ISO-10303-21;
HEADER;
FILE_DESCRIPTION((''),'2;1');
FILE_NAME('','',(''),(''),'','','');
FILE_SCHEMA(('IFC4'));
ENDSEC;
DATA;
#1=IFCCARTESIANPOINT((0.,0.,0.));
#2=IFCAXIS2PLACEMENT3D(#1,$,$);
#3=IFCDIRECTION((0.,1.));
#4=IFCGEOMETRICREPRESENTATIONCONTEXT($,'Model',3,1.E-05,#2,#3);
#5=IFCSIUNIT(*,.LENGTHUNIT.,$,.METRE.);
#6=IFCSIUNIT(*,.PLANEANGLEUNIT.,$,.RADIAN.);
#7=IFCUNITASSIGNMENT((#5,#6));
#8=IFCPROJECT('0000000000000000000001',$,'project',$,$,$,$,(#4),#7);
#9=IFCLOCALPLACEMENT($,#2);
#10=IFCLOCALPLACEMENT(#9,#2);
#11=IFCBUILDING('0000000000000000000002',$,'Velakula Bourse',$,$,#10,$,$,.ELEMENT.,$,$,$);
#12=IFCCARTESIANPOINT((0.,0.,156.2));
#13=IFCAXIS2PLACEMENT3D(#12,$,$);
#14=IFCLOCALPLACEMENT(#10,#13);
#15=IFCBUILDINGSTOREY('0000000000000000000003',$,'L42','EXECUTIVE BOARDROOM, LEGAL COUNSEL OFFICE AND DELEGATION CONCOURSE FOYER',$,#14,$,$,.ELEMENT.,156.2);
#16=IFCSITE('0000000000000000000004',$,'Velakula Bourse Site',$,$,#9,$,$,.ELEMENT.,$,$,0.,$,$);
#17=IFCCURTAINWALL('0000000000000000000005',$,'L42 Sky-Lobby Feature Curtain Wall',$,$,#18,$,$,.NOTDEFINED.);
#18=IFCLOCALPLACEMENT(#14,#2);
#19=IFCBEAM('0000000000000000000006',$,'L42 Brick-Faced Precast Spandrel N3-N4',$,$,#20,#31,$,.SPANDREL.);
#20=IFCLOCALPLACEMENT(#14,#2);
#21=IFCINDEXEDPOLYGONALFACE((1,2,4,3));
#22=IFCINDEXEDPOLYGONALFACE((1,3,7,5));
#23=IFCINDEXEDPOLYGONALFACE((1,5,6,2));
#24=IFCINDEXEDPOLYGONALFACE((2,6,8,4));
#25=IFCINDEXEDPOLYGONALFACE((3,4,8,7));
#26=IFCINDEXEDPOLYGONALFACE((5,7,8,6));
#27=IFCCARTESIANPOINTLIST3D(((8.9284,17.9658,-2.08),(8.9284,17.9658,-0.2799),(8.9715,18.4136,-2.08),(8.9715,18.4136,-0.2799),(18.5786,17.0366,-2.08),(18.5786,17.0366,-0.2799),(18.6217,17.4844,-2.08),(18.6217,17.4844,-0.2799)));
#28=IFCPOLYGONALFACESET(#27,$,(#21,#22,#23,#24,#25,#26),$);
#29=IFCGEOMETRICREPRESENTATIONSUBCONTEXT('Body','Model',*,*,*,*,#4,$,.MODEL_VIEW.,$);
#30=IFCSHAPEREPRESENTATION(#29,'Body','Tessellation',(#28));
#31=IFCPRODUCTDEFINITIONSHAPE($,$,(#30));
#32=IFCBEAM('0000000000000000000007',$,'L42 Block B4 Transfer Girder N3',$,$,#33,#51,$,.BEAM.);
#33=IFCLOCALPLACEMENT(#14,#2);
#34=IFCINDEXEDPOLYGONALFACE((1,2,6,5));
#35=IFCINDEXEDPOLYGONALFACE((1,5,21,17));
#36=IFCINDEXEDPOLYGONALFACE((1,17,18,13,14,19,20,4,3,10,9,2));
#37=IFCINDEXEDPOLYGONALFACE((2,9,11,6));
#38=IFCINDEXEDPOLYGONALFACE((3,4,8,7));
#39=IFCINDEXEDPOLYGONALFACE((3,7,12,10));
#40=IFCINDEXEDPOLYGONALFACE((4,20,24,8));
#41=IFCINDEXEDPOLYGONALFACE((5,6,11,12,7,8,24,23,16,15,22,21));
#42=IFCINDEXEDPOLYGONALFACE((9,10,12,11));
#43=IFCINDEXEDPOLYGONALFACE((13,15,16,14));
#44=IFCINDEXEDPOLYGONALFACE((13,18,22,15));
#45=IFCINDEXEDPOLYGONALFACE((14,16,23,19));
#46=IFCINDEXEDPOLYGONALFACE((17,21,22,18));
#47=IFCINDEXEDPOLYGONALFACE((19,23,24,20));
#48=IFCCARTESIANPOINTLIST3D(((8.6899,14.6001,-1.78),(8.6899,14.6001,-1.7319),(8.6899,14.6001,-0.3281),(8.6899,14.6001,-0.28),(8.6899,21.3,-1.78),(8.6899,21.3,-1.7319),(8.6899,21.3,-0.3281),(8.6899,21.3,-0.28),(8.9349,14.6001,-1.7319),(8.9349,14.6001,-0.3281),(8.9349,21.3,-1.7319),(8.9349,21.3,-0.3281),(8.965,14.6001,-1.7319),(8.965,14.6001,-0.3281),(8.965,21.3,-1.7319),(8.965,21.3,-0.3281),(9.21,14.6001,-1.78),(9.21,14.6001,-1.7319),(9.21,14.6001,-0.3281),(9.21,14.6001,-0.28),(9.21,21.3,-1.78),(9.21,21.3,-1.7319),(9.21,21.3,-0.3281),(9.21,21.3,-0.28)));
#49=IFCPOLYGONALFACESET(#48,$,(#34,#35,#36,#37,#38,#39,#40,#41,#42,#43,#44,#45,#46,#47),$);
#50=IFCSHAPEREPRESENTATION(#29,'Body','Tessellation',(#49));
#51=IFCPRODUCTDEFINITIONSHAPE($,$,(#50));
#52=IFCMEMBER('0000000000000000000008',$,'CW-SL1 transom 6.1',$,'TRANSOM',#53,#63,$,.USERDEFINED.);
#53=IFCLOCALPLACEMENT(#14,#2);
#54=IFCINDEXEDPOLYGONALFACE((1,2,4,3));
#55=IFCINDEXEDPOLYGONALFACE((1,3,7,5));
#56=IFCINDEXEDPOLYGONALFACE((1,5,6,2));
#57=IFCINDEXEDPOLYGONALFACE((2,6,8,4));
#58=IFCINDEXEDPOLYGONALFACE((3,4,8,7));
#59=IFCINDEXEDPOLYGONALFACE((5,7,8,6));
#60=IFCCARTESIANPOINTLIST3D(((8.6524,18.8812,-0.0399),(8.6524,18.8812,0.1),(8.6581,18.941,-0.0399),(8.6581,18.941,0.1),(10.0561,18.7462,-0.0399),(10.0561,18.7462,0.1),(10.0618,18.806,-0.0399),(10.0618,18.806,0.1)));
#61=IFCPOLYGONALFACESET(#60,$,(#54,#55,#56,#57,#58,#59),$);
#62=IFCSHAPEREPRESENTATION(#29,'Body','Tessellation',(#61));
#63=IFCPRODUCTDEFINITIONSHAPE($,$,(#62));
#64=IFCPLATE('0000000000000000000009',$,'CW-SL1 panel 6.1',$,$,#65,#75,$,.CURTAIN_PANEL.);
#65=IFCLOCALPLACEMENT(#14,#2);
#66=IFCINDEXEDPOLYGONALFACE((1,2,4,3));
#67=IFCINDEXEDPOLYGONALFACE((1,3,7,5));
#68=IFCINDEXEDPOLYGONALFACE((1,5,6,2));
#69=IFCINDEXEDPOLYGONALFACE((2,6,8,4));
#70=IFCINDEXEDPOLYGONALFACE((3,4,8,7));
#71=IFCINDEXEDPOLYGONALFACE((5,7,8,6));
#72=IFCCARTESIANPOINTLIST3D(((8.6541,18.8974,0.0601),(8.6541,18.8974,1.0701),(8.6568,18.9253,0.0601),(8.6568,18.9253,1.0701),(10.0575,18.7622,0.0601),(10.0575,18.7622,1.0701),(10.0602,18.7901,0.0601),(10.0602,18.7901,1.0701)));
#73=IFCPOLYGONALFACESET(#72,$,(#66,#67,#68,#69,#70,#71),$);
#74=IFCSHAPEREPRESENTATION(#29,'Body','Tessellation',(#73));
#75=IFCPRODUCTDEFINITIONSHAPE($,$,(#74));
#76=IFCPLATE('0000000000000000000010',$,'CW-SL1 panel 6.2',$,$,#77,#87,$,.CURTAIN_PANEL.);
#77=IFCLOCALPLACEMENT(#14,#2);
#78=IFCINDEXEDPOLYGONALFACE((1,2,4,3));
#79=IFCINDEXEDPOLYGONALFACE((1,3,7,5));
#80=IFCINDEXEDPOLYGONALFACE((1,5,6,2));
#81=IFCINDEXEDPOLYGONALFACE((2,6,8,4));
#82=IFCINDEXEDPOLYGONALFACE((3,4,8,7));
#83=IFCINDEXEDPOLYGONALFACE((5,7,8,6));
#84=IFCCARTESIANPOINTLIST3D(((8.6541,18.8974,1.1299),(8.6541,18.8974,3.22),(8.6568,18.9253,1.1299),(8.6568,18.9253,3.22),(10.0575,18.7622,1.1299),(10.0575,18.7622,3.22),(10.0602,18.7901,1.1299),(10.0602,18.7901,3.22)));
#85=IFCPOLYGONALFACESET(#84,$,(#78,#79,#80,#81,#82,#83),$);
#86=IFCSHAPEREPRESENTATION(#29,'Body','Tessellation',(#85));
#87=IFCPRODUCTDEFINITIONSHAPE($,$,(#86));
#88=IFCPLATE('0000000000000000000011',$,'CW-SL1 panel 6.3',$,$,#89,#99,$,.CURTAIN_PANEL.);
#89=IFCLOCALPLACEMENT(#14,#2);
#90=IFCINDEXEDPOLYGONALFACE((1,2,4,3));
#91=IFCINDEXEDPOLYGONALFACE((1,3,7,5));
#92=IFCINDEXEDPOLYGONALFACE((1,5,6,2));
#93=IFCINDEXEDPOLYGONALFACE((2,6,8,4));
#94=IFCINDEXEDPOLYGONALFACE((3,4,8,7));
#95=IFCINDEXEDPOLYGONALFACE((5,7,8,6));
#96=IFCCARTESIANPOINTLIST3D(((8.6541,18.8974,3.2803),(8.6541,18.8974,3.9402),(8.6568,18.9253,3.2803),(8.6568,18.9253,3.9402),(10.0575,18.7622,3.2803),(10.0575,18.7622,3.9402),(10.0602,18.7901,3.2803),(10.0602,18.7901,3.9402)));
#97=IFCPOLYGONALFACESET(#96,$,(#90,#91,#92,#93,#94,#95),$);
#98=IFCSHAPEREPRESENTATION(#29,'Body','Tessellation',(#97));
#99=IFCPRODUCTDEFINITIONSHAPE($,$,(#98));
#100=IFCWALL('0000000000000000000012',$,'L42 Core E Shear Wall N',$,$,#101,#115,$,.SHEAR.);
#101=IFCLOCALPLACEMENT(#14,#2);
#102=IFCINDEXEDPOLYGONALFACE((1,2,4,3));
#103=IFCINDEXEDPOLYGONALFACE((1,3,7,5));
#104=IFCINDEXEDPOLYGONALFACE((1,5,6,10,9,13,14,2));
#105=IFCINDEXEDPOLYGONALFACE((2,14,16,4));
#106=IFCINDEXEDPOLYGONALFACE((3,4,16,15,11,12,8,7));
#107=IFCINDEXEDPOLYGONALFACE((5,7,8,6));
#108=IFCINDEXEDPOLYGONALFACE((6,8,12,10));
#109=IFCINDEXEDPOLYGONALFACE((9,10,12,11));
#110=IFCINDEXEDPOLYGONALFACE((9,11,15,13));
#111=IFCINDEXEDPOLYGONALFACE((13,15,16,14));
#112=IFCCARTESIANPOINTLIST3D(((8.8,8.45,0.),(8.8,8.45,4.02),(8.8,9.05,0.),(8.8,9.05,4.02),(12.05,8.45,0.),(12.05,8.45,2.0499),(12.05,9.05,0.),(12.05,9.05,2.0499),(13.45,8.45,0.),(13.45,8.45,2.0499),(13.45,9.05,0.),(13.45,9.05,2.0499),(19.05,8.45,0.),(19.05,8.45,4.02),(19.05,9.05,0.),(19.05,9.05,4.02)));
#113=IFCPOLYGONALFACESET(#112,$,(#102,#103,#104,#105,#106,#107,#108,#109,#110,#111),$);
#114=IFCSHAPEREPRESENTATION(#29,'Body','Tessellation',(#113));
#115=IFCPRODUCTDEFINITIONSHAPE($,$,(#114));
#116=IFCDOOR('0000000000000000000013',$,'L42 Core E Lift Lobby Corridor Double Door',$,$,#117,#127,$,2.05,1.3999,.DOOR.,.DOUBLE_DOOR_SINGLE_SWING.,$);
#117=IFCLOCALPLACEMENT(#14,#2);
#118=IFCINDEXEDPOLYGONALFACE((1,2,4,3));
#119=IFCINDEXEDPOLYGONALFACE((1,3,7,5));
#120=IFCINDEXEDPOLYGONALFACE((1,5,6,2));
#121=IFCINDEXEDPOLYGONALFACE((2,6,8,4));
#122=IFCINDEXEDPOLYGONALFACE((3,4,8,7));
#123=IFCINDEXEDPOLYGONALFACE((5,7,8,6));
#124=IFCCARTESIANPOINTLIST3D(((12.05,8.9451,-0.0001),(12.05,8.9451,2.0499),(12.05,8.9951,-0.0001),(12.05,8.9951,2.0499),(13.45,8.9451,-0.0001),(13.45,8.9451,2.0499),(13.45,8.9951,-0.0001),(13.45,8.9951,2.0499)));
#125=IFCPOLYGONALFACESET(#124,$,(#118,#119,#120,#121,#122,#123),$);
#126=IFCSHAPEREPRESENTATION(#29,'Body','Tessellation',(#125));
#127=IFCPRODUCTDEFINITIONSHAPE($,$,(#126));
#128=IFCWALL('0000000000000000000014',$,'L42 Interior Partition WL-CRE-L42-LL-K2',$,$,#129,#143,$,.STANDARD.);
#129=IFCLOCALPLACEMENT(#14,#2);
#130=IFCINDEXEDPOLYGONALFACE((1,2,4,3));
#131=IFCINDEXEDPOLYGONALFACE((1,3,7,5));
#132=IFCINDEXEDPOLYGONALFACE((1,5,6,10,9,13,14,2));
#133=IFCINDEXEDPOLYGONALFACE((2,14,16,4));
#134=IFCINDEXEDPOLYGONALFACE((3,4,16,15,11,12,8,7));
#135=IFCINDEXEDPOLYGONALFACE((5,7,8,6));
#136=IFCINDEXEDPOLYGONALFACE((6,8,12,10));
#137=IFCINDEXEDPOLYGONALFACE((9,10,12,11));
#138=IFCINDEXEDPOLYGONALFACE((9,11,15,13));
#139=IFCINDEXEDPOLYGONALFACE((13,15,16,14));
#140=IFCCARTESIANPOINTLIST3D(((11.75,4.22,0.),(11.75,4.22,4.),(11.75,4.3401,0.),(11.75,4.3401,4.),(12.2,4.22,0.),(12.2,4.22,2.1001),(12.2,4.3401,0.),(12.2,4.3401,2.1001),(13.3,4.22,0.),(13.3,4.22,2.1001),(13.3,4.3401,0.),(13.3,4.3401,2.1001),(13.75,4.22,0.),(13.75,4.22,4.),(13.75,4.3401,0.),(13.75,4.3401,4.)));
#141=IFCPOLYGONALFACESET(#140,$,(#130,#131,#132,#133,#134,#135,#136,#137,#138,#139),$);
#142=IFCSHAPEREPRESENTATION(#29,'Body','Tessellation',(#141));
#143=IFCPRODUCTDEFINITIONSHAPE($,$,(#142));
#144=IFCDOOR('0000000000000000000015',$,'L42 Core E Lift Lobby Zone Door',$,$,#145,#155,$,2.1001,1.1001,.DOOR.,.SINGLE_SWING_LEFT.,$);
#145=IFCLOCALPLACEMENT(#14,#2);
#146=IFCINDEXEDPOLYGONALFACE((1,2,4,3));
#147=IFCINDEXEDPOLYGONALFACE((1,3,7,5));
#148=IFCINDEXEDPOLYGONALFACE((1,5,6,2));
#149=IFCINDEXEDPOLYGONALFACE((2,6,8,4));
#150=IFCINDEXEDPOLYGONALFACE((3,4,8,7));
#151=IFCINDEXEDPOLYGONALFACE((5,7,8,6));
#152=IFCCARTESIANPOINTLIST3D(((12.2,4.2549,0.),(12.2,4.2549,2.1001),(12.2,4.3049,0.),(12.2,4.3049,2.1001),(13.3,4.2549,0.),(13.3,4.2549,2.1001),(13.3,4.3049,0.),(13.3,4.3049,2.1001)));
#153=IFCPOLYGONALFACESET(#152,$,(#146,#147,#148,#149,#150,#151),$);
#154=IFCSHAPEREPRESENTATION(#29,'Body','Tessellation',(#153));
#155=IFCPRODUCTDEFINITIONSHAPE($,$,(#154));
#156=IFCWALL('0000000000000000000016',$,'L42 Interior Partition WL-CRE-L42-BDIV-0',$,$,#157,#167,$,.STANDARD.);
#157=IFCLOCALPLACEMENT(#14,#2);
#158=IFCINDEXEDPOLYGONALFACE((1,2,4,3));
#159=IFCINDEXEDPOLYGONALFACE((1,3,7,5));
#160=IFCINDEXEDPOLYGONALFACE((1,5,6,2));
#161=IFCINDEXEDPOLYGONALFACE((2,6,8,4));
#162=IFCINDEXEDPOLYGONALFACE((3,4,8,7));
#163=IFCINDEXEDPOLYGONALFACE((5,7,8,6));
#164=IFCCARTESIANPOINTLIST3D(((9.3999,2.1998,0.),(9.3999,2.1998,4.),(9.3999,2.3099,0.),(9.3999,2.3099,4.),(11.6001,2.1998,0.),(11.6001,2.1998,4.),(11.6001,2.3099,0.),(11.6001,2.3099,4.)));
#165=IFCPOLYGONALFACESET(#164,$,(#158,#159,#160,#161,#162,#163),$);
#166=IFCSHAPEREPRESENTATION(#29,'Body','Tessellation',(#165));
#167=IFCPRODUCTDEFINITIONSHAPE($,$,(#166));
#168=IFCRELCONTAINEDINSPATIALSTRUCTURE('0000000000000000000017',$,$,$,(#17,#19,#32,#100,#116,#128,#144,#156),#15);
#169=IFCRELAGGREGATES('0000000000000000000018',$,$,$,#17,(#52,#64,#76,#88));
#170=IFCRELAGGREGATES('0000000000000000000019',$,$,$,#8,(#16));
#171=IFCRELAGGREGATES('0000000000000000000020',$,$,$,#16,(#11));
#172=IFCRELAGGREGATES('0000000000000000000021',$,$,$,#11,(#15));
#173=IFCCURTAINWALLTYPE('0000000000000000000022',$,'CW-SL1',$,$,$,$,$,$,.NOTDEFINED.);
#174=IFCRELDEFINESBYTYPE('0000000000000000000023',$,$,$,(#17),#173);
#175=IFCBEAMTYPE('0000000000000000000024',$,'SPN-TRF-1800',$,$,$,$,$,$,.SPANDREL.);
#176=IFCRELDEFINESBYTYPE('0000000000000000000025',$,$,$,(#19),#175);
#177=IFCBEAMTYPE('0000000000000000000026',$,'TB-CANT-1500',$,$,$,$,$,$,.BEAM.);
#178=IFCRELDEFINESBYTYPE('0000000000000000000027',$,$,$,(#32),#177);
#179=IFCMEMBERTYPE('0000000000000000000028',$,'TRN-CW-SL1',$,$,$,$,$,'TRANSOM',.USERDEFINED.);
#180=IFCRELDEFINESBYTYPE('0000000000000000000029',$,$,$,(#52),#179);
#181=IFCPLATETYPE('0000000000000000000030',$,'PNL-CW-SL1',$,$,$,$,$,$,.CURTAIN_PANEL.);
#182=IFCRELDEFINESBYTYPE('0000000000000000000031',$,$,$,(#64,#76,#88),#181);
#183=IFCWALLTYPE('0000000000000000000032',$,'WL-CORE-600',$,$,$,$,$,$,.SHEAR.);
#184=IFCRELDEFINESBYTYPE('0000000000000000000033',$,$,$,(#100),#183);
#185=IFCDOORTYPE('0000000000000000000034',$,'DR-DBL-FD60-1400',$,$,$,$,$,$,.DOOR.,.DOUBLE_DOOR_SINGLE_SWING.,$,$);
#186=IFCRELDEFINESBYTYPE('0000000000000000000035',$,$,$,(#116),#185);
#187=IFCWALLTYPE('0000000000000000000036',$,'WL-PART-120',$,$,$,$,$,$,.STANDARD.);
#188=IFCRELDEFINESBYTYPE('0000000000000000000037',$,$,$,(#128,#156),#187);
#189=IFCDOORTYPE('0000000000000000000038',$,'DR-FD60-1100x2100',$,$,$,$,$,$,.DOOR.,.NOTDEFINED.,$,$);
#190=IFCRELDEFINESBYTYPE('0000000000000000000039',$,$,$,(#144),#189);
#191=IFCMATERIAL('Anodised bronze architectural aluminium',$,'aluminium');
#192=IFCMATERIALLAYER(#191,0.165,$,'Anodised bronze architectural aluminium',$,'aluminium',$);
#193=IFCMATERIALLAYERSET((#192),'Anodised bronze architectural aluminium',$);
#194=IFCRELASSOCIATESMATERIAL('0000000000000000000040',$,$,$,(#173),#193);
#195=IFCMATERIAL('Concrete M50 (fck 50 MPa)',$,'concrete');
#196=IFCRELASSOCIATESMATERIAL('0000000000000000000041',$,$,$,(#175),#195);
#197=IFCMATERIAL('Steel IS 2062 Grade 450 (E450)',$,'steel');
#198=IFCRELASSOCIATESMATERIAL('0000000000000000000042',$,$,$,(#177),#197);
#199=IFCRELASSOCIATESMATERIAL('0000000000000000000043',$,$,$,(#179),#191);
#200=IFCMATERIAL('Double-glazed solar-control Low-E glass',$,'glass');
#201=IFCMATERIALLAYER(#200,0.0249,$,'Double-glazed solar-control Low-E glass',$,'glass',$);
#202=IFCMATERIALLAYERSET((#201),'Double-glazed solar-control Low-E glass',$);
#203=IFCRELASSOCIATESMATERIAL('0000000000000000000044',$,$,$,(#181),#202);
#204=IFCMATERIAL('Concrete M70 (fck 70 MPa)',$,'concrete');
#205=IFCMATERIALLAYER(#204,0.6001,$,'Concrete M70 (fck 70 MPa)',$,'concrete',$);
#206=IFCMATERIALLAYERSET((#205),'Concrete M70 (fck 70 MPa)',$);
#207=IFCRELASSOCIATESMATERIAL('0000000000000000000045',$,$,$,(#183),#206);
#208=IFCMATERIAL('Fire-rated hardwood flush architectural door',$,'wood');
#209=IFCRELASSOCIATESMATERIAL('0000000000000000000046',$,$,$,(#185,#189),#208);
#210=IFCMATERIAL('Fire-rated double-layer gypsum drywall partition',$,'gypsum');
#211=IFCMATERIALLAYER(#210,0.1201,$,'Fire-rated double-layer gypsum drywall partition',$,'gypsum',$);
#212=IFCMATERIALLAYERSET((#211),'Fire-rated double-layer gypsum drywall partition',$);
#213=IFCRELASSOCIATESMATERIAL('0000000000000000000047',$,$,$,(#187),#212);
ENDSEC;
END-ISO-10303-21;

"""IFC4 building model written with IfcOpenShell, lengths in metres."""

from ifc_helpers import new_model, si_unit, direction, frame, frame_2d, origin, origin_2d, place, context, subcontext, project, spatial, rectangle, i_section, extrude, material, layer, layer_set, material_profile, profile_set, type_object, element, fill, aggregate, save


model = new_model("IFC4")

# Units and contexts
model_context = context("Model", 3, precision=1e-05, world=origin(), true_north=direction((0.0, 1.0)))
body_context = subcontext(model_context, "Body", "Model", "MODEL_VIEW")
ifc_project = project(units=[si_unit("LENGTHUNIT", "METRE"), si_unit("PLANEANGLEUNIT", "RADIAN")], contexts=[model_context])

# Site, building, storey
site_placement = place(None, origin())
site = spatial("IfcSite", under=ifc_project, at=site_placement, Name="Velakula Bourse Site", CompositionType="ELEMENT", RefElevation=0.0)
building_placement = place(site_placement, origin())
building = spatial("IfcBuilding", under=site, at=building_placement, Name="Velakula Bourse", CompositionType="ELEMENT")
storey_placement = place(building_placement, frame((0.0, 0.0, 156.2)))
storey = spatial("IfcBuildingStorey", under=building, at=storey_placement, Name="L42", Description="EXECUTIVE BOARDROOM, LEGAL COUNSEL OFFICE AND DELEGATION CONCOURSE FOYER", CompositionType="ELEMENT", Elevation=156.2)

# Shared definitions
ifc_material_1 = material(Name="Concrete M70 (fck 70 MPa)", Category="concrete")

# Curtain wall
ifc_material_2 = material(Name="Anodised bronze architectural aluminium", Category="aluminium")
ifc_layer_1 = layer(ifc_material_2, 0.165, Name="Anodised bronze architectural aluminium", Category="aluminium")
ifc_layer_set_1 = layer_set([ifc_layer_1], Name="Anodised bronze architectural aluminium")
curtain_wall_type = type_object("IfcCurtainWallType", Name="CW-SL1", PredefinedType="NOTDEFINED", material=ifc_layer_set_1)
curtain_wall_placement = place(storey_placement, origin())
curtain_wall = element("IfcCurtainWall", 1, at=curtain_wall_placement, inside=storey, type_object=curtain_wall_type, Name="L42 Sky-Lobby Feature Curtain Wall", PredefinedType="NOTDEFINED")

# Beams
ifc_material_3 = material(Name="Concrete M50 (fck 50 MPa)", Category="concrete")
ifc_material_profile_1 = material_profile(ifc_material_3, rectangle(XDim=0.45, YDim=1.8, at=origin_2d()), Name="Concrete M50 (fck 50 MPa)")
ifc_profile_set_1 = profile_set([ifc_material_profile_1], Name="Concrete M50 (fck 50 MPa)")
beam_type_1 = type_object("IfcBeamType", Name="SPN-TRF-1800", PredefinedType="SPANDREL", material=ifc_profile_set_1)
beam_1_placement = place(storey_placement, frame((8.95, 18.1897, -1.1799), z_axis=(0.995396, -0.095845, 0.0), x_axis=(0.095845, 0.995396, 0.0)))
element("IfcBeam", 2, at=beam_1_placement, inside=storey, type_object=beam_type_1, Name="L42 Brick-Faced Precast Spandrel N3-N4", PredefinedType="SPANDREL", context=body_context, shape_type="SweptSolid", body=[
    extrude(rectangle(XDim=0.45, YDim=1.8, at=origin_2d()), origin(), (0.0, 0.0, 1.0), 9.6948),
])
ifc_material_4 = material(Name="Steel IS 2062 Grade 450 (E450)", Category="steel")
ifc_material_profile_2 = material_profile(ifc_material_4, i_section(OverallWidth=0.52, OverallDepth=1.5, WebThickness=0.03, FlangeThickness=0.0481, at=origin_2d()), Name="Steel IS 2062 Grade 450 (E450)")
ifc_profile_set_2 = profile_set([ifc_material_profile_2], Name="Steel IS 2062 Grade 450 (E450)")
beam_type_2 = type_object("IfcBeamType", Name="TB-CANT-1500", PredefinedType="BEAM", material=ifc_profile_set_2)
beam_2_placement = place(storey_placement, frame((8.95, 14.6001, -1.03), z_axis=(0.0, 1.0, 0.0), x_axis=(-1.0, 0.0, 0.0)))
element("IfcBeam", 3, at=beam_2_placement, inside=storey, type_object=beam_type_2, Name="L42 Block B4 Transfer Girder N3", PredefinedType="BEAM", context=body_context, shape_type="SweptSolid", body=[
    extrude(i_section(OverallWidth=0.52, OverallDepth=1.5, WebThickness=0.03, FlangeThickness=0.0481, at=origin_2d()), origin(), (0.0, 0.0, 1.0), 6.7),
])

# Member
ifc_material_profile_3 = material_profile(ifc_material_2, rectangle(XDim=0.0601, YDim=0.1399, at=origin_2d()), Name="Anodised bronze architectural aluminium")
ifc_profile_set_3 = profile_set([ifc_material_profile_3], Name="Anodised bronze architectural aluminium")
member_type_1 = type_object("IfcMemberType", Name="TRN-CW-SL1", ElementType="TRANSOM", PredefinedType="USERDEFINED", material=ifc_profile_set_3)
member_1_placement = place(storey_placement, frame((8.6553, 18.9111, 0.03), z_axis=(0.995406, -0.095749, 0.0), x_axis=(0.095749, 0.995406, 0.0)))
member_1 = element("IfcMember", 4, at=member_1_placement, type_object=member_type_1, Name="CW-SL1 transom 6.1", ObjectType="TRANSOM", PredefinedType="USERDEFINED", context=body_context, shape_type="SweptSolid", body=[
    extrude(rectangle(XDim=0.0601, YDim=0.1399, at=origin_2d()), origin(), (0.0, 0.0, 1.0), 1.4102),
])

# Plates
ifc_material_5 = material(Name="Double-glazed solar-control Low-E glass", Category="glass")
ifc_layer_2 = layer(ifc_material_5, 0.0249, Name="Double-glazed solar-control Low-E glass", Category="glass")
ifc_layer_set_2 = layer_set([ifc_layer_2], Name="Double-glazed solar-control Low-E glass")
plate_type = type_object("IfcPlateType", Name="PNL-CW-SL1", PredefinedType="CURTAIN_PANEL", material=ifc_layer_set_2)
plate_1_placement = place(storey_placement, frame((9.3572, 18.8438, 0.0601), z_axis=(0.0, 0.0, 1.0), x_axis=(0.995395, -0.095855, 0.0)))
plate_1 = element("IfcPlate", 5, at=plate_1_placement, type_object=plate_type, Name="CW-SL1 panel 6.1", PredefinedType="CURTAIN_PANEL", context=body_context, shape_type="SweptSolid", body=[
    extrude(rectangle(XDim=1.4099, YDim=0.0281, at=origin_2d()), origin(), (0.0, 0.0, 1.0), 1.01),
])
plate_2_placement = place(storey_placement, frame((9.3572, 18.8438, 1.1299), z_axis=(0.0, 0.0, 1.0), x_axis=(0.995395, -0.095855, 0.0)))
plate_2 = element("IfcPlate", 6, at=plate_2_placement, type_object=plate_type, Name="CW-SL1 panel 6.2", PredefinedType="CURTAIN_PANEL", context=body_context, shape_type="SweptSolid", body=[
    extrude(rectangle(XDim=1.4099, YDim=0.0281, at=origin_2d()), origin(), (0.0, 0.0, 1.0), 2.0901),
])
plate_3_placement = place(storey_placement, frame((9.3572, 18.8438, 3.2803), z_axis=(0.0, 0.0, 1.0), x_axis=(0.995395, -0.095855, 0.0)))
plate_3 = element("IfcPlate", 7, at=plate_3_placement, type_object=plate_type, Name="CW-SL1 panel 6.3", PredefinedType="CURTAIN_PANEL", context=body_context, shape_type="SweptSolid", body=[
    extrude(rectangle(XDim=1.4099, YDim=0.0281, at=origin_2d()), origin(), (0.0, 0.0, 1.0), 0.6599),
])
aggregate(curtain_wall, [member_1, plate_1, plate_2, plate_3])

# Walls, openings, doors
ifc_layer_3 = layer(ifc_material_1, 0.6001, Name="Concrete M70 (fck 70 MPa)", Category="concrete")
ifc_layer_set_3 = layer_set([ifc_layer_3], Name="Concrete M70 (fck 70 MPa)")
wall_type_1 = type_object("IfcWallType", Name="WL-CORE-600", PredefinedType="SHEAR", material=ifc_layer_set_3)
wall_1_placement = place(storey_placement, frame((8.8, 8.75, 0.0), z_axis=(0.0, 0.0, 1.0), x_axis=(1.0, 0.0, 0.0)))
wall_1 = element("IfcWall", 8, at=wall_1_placement, inside=storey, type_object=wall_type_1, Name="L42 Core E Shear Wall N", PredefinedType="SHEAR", context=body_context, shape_type="SweptSolid", body=[
    extrude(rectangle(XDim=10.25, YDim=0.6001, at=frame_2d((5.125, 0.0))), origin(), (0.0, 0.0, 1.0), 4.02),
])
opening_1_placement = place(wall_1_placement, frame((3.25, 0.0, 0.0)))
opening_1 = element("IfcOpeningElement", 9, at=opening_1_placement, cuts=wall_1, PredefinedType="OPENING", context=body_context, shape_type="SweptSolid", body=[
    extrude(rectangle(XDim=1.3999, YDim=2.05, at=frame_2d((0.7, 1.0249))), frame((0.0, 0.3101, 0.0), z_axis=(0.0, -1.0, 0.0), x_axis=(1.0, 0.0, 0.0)), (0.0, 0.0, 1.0), 0.6201),
])
ifc_material_6 = material(Name="Fire-rated hardwood flush architectural door", Category="wood")
door_type_1 = type_object("IfcDoorType", Name="DR-DBL-FD60-1400", OperationType="DOUBLE_DOOR_SINGLE_SWING", PredefinedType="DOOR", material=ifc_material_6)
door_1_placement = place(opening_1_placement, origin())
door_1 = element("IfcDoor", 10, at=door_1_placement, inside=storey, type_object=door_type_1, Name="L42 Core E Lift Lobby Corridor Double Door", OperationType="DOUBLE_DOOR_SINGLE_SWING", OverallHeight=2.05, OverallWidth=1.3999, PredefinedType="DOOR", context=body_context, shape_type="SweptSolid", body=[
    extrude(rectangle(XDim=1.3999, YDim=2.05, at=frame_2d((0.7, 1.0249))), frame((0.0, 0.2451, 0.0), z_axis=(0.0, -1.0, 0.0), x_axis=(1.0, 0.0, 0.0)), (0.0, 0.0, 1.0), 0.05),
])
fill(opening_1, door_1)
ifc_material_7 = material(Name="Fire-rated double-layer gypsum drywall partition", Category="gypsum")
ifc_layer_4 = layer(ifc_material_7, 0.1201, Name="Fire-rated double-layer gypsum drywall partition", Category="gypsum")
ifc_layer_set_4 = layer_set([ifc_layer_4], Name="Fire-rated double-layer gypsum drywall partition")
wall_type_2 = type_object("IfcWallType", Name="WL-PART-120", PredefinedType="STANDARD", material=ifc_layer_set_4)
wall_2_placement = place(storey_placement, frame((11.75, 4.28, 0.0), z_axis=(0.0, 0.0, 1.0), x_axis=(1.0, 0.0, 0.0)))
wall_2 = element("IfcWall", 11, at=wall_2_placement, inside=storey, type_object=wall_type_2, Name="L42 Interior Partition WL-CRE-L42-LL-K2", PredefinedType="STANDARD", context=body_context, shape_type="SweptSolid", body=[
    extrude(rectangle(XDim=2.0, YDim=0.1201, at=frame_2d((1.0, 0.0))), origin(), (0.0, 0.0, 1.0), 4.0),
])
opening_2_placement = place(wall_2_placement, frame((0.45, 0.0, 0.0)))
opening_2 = element("IfcOpeningElement", 12, at=opening_2_placement, cuts=wall_2, PredefinedType="OPENING", context=body_context, shape_type="SweptSolid", body=[
    extrude(rectangle(XDim=1.1001, YDim=2.1001, at=frame_2d((0.55, 1.05))), frame((0.0, 0.0701, 0.0), z_axis=(0.0, -1.0, 0.0), x_axis=(1.0, 0.0, 0.0)), (0.0, 0.0, 1.0), 0.1401),
])
door_type_2 = type_object("IfcDoorType", Name="DR-FD60-1100x2100", OperationType="NOTDEFINED", PredefinedType="DOOR", material=ifc_material_6)
door_2_placement = place(opening_2_placement, origin())
door_2 = element("IfcDoor", 13, at=door_2_placement, inside=storey, type_object=door_type_2, Name="L42 Core E Lift Lobby Zone Door", OperationType="SINGLE_SWING_LEFT", OverallHeight=2.1001, OverallWidth=1.1001, PredefinedType="DOOR", context=body_context, shape_type="SweptSolid", body=[
    extrude(rectangle(XDim=1.1001, YDim=2.1001, at=frame_2d((0.55, 1.05))), frame((0.0, 0.0249, 0.0), z_axis=(0.0, -1.0, 0.0), x_axis=(1.0, 0.0, 0.0)), (0.0, 0.0, 1.0), 0.05),
])
fill(opening_2, door_2)

# Wall
for number, where, z_axis, x_axis, name in (
    (14, (9.3999, 2.2549, 0.0), (0.0, 0.0, 1.0), (1.0, 0.0, 0.0), "L42 Interior Partition WL-CRE-L42-BDIV-0"),
):
    element("IfcWall", number, at=place(storey_placement, frame(where, z_axis=z_axis, x_axis=x_axis)), inside=storey, type_object=wall_type_2, Name=name, PredefinedType="STANDARD", context=body_context, shape_type="SweptSolid", body=[
        extrude(rectangle(XDim=2.2002, YDim=0.1101, at=frame_2d((1.1001, 0.0))), origin(), (0.0, 0.0, 1.0), 4.0),
    ])

save(model, "model.ifc")
